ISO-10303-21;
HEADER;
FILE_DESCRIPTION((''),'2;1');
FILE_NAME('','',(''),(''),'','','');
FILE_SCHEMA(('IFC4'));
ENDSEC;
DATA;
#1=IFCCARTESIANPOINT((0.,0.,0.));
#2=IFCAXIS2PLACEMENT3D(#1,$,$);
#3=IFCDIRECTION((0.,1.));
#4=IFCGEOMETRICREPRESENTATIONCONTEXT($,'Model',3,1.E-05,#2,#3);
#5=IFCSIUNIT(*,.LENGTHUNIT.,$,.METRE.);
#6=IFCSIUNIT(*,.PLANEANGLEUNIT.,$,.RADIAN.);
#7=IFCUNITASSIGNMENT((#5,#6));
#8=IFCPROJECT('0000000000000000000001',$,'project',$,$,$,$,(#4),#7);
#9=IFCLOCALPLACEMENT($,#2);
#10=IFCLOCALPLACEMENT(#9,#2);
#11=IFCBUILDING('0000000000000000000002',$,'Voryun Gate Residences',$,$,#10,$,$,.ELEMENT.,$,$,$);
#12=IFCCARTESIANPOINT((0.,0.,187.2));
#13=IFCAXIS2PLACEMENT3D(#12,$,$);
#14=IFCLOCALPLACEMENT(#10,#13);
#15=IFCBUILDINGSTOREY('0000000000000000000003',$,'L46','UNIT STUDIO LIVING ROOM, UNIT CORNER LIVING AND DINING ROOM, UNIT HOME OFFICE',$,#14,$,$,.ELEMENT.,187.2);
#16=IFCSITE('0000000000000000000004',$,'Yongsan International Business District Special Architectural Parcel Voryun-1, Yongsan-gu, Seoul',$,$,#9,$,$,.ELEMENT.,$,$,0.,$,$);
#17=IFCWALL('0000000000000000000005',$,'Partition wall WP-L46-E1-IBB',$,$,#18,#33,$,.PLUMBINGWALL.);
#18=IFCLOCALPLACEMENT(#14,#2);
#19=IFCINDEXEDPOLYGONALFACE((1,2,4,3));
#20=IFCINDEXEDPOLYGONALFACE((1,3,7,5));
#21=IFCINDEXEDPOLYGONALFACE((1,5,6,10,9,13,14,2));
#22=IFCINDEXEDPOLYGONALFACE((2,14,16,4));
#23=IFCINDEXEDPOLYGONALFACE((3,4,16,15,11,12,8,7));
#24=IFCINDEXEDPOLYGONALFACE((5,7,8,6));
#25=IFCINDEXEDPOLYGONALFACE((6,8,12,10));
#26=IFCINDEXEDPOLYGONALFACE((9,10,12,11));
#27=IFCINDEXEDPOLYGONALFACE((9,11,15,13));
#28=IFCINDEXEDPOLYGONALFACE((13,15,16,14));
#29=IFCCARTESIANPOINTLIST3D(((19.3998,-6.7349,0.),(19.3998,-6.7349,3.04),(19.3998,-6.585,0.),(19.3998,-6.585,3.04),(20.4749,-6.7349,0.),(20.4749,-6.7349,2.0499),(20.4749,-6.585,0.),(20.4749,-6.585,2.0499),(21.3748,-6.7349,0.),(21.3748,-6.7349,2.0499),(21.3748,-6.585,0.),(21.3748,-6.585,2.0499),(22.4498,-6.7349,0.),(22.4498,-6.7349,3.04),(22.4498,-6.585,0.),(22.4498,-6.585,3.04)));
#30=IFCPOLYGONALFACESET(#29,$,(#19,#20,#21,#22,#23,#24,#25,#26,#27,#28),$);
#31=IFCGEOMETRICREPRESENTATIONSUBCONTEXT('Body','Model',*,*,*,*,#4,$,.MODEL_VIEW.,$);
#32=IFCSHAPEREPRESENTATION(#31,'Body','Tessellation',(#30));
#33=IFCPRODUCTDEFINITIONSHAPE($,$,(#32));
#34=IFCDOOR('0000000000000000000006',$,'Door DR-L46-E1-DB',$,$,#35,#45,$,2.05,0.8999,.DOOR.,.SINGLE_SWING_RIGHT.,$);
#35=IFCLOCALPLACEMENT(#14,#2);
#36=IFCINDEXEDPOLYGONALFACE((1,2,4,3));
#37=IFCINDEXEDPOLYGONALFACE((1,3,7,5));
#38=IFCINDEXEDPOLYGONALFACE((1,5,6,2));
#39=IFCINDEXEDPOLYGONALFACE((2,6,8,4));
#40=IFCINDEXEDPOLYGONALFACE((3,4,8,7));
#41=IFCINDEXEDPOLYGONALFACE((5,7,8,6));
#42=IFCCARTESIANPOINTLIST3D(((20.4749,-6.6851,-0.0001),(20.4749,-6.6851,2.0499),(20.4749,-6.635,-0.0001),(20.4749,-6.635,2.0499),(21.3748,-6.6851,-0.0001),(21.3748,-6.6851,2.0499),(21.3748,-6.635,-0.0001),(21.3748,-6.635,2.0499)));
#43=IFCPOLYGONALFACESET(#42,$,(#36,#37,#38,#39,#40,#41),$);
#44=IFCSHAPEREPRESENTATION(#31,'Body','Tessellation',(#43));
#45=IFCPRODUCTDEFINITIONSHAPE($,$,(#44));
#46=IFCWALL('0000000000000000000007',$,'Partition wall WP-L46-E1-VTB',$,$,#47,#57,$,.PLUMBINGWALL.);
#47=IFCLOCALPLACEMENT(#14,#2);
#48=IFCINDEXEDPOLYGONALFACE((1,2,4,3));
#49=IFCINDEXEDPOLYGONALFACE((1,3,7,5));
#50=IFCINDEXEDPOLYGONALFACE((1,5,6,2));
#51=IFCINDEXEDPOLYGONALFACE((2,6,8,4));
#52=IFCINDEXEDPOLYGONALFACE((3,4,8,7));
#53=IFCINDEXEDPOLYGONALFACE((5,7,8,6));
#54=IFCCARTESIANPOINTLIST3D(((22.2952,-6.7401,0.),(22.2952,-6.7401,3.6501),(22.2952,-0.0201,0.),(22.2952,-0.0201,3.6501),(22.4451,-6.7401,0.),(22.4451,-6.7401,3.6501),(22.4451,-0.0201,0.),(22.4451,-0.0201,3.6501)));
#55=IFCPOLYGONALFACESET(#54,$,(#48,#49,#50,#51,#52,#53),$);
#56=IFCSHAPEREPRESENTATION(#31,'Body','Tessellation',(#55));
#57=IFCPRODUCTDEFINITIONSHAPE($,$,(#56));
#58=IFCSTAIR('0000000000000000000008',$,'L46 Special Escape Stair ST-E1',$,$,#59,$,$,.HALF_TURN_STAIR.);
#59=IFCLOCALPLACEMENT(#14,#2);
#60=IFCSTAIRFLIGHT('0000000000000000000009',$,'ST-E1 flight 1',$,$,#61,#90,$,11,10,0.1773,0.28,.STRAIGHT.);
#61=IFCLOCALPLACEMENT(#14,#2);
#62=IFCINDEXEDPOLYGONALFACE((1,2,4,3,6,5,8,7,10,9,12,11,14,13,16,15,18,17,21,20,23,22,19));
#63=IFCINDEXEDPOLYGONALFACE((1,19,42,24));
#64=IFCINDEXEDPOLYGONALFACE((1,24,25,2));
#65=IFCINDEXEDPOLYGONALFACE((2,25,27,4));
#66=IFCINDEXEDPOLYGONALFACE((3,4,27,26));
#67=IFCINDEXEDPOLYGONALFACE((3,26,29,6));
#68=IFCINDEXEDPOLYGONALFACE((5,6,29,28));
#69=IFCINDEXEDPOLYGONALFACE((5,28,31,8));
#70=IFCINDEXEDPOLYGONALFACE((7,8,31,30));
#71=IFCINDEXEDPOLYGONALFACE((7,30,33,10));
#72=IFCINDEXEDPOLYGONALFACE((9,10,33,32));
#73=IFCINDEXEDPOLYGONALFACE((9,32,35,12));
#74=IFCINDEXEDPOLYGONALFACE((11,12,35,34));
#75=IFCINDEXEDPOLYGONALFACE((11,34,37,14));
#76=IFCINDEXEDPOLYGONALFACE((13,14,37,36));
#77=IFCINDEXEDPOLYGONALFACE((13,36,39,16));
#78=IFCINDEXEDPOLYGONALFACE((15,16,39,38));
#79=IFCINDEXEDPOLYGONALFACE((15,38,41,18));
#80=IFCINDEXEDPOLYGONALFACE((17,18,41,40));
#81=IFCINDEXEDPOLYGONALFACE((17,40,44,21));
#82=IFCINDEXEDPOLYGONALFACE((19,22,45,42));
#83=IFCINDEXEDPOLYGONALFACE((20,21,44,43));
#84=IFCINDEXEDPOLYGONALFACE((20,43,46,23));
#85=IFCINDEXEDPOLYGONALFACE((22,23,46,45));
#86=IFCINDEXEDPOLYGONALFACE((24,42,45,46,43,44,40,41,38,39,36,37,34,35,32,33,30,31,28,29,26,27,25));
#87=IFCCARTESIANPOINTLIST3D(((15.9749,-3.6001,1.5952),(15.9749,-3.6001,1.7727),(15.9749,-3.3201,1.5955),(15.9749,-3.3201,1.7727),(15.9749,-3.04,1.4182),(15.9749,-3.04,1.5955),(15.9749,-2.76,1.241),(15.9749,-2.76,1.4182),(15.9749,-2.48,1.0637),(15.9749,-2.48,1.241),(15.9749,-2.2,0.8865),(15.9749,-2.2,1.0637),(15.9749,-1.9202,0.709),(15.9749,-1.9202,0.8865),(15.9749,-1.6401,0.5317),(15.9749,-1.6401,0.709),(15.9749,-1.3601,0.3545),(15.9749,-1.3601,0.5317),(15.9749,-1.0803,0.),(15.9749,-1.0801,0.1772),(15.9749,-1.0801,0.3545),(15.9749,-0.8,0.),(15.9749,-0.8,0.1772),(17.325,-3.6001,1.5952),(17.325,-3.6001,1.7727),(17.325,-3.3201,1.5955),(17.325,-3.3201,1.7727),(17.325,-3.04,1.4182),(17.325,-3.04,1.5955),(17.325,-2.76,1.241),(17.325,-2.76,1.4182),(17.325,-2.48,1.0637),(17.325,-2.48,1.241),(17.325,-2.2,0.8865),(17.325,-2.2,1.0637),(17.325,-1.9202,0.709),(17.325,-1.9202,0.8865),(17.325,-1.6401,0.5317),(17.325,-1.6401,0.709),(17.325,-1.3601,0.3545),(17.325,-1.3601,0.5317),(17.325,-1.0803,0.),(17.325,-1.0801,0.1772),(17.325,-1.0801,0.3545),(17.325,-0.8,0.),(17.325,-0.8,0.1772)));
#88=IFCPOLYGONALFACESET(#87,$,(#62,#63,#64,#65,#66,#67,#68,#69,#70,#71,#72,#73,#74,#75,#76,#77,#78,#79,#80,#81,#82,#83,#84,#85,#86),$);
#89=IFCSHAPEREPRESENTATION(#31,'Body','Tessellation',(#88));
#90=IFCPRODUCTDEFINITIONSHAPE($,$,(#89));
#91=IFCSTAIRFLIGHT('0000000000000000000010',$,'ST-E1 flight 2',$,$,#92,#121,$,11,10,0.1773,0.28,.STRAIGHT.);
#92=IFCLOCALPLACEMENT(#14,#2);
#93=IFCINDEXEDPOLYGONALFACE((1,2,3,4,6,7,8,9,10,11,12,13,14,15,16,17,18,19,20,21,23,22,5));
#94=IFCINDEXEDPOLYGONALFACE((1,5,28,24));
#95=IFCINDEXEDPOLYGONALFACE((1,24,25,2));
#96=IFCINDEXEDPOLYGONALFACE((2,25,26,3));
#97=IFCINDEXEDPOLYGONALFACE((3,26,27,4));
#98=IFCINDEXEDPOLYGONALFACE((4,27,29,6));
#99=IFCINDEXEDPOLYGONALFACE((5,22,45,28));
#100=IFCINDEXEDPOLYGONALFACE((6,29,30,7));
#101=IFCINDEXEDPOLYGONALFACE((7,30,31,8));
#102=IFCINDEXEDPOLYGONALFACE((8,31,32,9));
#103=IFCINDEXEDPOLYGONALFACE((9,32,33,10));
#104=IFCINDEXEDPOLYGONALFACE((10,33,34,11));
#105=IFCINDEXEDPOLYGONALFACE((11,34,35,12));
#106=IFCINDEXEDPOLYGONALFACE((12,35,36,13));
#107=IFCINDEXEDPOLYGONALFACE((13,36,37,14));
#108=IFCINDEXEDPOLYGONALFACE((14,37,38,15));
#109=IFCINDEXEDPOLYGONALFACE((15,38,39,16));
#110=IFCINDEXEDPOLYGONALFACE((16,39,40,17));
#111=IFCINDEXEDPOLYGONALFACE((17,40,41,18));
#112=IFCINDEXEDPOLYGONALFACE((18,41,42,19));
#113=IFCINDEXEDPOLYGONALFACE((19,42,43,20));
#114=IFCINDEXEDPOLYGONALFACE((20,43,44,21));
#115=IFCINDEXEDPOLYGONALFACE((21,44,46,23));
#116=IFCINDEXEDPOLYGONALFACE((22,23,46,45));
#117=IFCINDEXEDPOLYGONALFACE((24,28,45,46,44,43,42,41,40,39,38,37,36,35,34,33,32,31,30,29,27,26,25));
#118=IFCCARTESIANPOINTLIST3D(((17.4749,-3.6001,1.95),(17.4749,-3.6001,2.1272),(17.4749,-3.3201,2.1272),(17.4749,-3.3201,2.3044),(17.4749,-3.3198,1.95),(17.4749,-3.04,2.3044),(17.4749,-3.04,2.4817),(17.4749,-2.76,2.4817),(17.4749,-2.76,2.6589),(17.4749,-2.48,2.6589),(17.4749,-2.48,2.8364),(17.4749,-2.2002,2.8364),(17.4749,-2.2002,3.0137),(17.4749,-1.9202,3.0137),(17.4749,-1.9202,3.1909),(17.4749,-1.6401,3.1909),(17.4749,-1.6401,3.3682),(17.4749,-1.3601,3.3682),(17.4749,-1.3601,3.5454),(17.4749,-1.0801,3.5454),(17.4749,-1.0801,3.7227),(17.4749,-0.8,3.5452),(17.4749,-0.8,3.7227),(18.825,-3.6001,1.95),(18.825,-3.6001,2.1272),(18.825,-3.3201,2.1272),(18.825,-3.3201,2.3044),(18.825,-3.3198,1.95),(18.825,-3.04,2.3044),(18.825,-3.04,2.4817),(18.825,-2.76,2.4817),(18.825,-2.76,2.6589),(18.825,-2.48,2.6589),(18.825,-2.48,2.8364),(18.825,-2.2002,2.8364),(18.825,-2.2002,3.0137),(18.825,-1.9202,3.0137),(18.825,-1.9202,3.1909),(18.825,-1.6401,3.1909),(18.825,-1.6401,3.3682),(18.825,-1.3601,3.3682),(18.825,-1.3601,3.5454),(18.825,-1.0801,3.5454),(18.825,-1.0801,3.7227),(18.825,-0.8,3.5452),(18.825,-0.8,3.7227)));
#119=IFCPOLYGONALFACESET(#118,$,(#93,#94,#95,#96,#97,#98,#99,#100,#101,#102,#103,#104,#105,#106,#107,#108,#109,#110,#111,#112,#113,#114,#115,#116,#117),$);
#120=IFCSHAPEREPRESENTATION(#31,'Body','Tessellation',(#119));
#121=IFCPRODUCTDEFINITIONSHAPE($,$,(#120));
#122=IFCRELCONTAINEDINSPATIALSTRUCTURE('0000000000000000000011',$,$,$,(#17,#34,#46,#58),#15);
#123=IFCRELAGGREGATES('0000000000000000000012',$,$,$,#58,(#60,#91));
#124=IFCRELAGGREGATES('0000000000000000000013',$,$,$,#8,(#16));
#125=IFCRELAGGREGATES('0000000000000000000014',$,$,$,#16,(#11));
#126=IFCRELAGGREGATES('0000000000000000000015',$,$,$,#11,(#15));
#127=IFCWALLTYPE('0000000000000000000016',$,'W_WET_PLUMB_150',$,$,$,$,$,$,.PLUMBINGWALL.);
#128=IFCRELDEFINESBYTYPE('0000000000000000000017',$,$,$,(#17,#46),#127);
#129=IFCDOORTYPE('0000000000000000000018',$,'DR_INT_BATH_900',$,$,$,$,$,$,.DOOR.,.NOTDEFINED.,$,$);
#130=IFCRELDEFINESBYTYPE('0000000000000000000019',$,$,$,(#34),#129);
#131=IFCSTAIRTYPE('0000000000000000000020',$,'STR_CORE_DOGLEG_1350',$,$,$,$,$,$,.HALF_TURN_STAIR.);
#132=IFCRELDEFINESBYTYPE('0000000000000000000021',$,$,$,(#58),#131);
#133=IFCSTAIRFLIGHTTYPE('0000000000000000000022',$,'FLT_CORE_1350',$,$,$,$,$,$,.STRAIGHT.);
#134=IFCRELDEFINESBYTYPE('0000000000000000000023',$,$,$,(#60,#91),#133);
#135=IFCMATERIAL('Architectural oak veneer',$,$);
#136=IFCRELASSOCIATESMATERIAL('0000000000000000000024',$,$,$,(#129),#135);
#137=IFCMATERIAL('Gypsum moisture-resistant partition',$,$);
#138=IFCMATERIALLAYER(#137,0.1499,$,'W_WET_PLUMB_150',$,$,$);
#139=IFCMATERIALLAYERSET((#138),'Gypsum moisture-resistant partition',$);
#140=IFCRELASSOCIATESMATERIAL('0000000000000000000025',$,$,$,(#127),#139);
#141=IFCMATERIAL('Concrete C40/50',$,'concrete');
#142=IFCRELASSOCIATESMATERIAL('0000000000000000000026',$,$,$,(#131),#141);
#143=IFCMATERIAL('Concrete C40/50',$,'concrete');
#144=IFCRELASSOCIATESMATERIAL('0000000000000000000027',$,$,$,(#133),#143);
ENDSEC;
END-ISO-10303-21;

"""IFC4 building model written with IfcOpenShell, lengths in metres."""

from ifc_helpers import new_model, si_unit, direction, frame, frame_2d, origin, place, context, subcontext, project, spatial, polyline, rectangle, outline, extrude, material, layer, layer_set, type_object, element, fill, aggregate, save


model = new_model("IFC4")

# Units and contexts
model_context = context("Model", 3, precision=1e-05, world=origin(), true_north=direction((0.0, 1.0)))
body_context = subcontext(model_context, "Body", "Model", "MODEL_VIEW")
ifc_project = project(units=[si_unit("LENGTHUNIT", "METRE"), si_unit("PLANEANGLEUNIT", "RADIAN")], contexts=[model_context])

# Site, building, storey
site_placement = place(None, origin())
site = spatial("IfcSite", under=ifc_project, at=site_placement, Name="Yongsan International Business District Special Architectural Parcel Voryun-1, Yongsan-gu, Seoul", CompositionType="ELEMENT", RefElevation=0.0)
building_placement = place(site_placement, origin())
building = spatial("IfcBuilding", under=site, at=building_placement, Name="Voryun Gate Residences", CompositionType="ELEMENT")
storey_placement = place(building_placement, frame((0.0, 0.0, 187.2)))
storey = spatial("IfcBuildingStorey", under=building, at=storey_placement, Name="L46", Description="UNIT STUDIO LIVING ROOM, UNIT CORNER LIVING AND DINING ROOM, UNIT HOME OFFICE", CompositionType="ELEMENT", Elevation=187.2)

# Wall, opening, door
ifc_material_1 = material(Name="Architectural oak veneer")
door_type = type_object("IfcDoorType", Name="DR_INT_BATH_900", OperationType="NOTDEFINED", PredefinedType="DOOR", material=ifc_material_1)
ifc_material_2 = material(Name="Gypsum moisture-resistant partition")
ifc_layer_1 = layer(ifc_material_2, 0.1499, Name="W_WET_PLUMB_150")
ifc_layer_set_1 = layer_set([ifc_layer_1], Name="Gypsum moisture-resistant partition")
wall_type_1 = type_object("IfcWallType", Name="W_WET_PLUMB_150", PredefinedType="PLUMBINGWALL", material=ifc_layer_set_1)
wall_1_placement = place(storey_placement, frame((19.3999, -6.6599, 0.0), z_axis=(0.0, 0.0, 1.0), x_axis=(1.0, 0.0, 0.0)))
wall_1 = element("IfcWall", 1, at=wall_1_placement, inside=storey, type_object=wall_type_1, Name="Partition wall WP-L46-E1-IBB", PredefinedType="PLUMBINGWALL", context=body_context, shape_type="SweptSolid", body=[
    extrude(rectangle(XDim=3.05, YDim=0.1499, at=frame_2d((1.5249, 0.0))), origin(), (0.0, 0.0, 1.0), 3.04),
])
opening_1_placement = place(wall_1_placement, frame((1.075, 0.0, 0.0)))
opening_1 = element("IfcOpeningElement", 2, at=opening_1_placement, cuts=wall_1, PredefinedType="OPENING", context=body_context, shape_type="SweptSolid", body=[
    extrude(rectangle(XDim=0.8999, YDim=2.05, at=frame_2d((0.45, 1.0249))), frame((0.0, 0.085, 0.0), z_axis=(0.0, -1.0, 0.0), x_axis=(1.0, 0.0, 0.0)), (0.0, 0.0, 1.0), 0.1699),
])
door_1_placement = place(opening_1_placement, origin())
door_1 = element("IfcDoor", 3, at=door_1_placement, inside=storey, type_object=door_type, Name="Door DR-L46-E1-DB", OperationType="SINGLE_SWING_RIGHT", OverallHeight=2.05, OverallWidth=0.8999, PredefinedType="DOOR", context=body_context, shape_type="SweptSolid", body=[
    extrude(rectangle(XDim=0.8999, YDim=2.05, at=frame_2d((0.45, 1.0249))), frame((0.0, 0.0249, 0.0), z_axis=(0.0, -1.0, 0.0), x_axis=(1.0, 0.0, 0.0)), (0.0, 0.0, 1.0), 0.05),
])
fill(opening_1, door_1)

# Wall
wall_2_placement = place(storey_placement, frame((22.3701, -6.74, 0.0), z_axis=(0.0, 0.0, 1.0), x_axis=(0.0, 1.0, 0.0)))
element("IfcWall", 4, at=wall_2_placement, inside=storey, type_object=wall_type_1, Name="Partition wall WP-L46-E1-VTB", PredefinedType="PLUMBINGWALL", context=body_context, shape_type="SweptSolid", body=[
    extrude(rectangle(XDim=6.72, YDim=0.1499, at=frame_2d((3.3599, 0.0))), origin(), (0.0, 0.0, 1.0), 3.6501),
])

# Stair, stair flights
ifc_material_3 = material(Name="Concrete C40/50", Category="concrete")
stair_type = type_object("IfcStairType", Name="STR_CORE_DOGLEG_1350", PredefinedType="HALF_TURN_STAIR", material=ifc_material_3)
stair_placement = place(storey_placement, origin())
stair = element("IfcStair", 5, at=stair_placement, inside=storey, type_object=stair_type, Name="L46 Special Escape Stair ST-E1", PredefinedType="HALF_TURN_STAIR")
ifc_material_4 = material(Name="Concrete C40/50", Category="concrete")
stair_flight_type = type_object("IfcStairFlightType", Name="FLT_CORE_1350", PredefinedType="STRAIGHT", material=ifc_material_4)
stair_flight_1_placement = place(storey_placement, frame((16.6499, -0.8, 0.0), z_axis=(0.0, 0.0, 1.0), x_axis=(0.0, -1.0, 0.0)))
stair_flight_1 = element("IfcStairFlight", 6, at=stair_flight_1_placement, type_object=stair_flight_type, Name="ST-E1 flight 1", NumberOfRisers=11, NumberOfTreads=10, PredefinedType="STRAIGHT", RiserHeight=0.1773, TreadLength=0.28, context=body_context, shape_type="SweptSolid", body=[
    extrude(outline(polyline([(0.0, 0.0), (0.0, 0.1772), (0.28, 0.1772), (0.28, 0.3545), (0.5601, 0.3545), (0.5601, 0.5317), (0.8401, 0.5317), (0.8401, 0.709), (1.1201, 0.709), (1.1201, 0.8865), (1.3999, 0.8865), (1.3999, 1.0637), (1.6799, 1.0637), (1.6799, 1.241), (1.96, 1.241), (1.96, 1.4182), (2.24, 1.4182), (2.24, 1.5955), (2.52, 1.5955), (2.52, 1.7727), (2.8, 1.7727), (2.8, 1.95), (2.8, 1.5952), (0.2803, 0.0), (0.0, 0.0)])), frame((0.0, 0.675, 0.0), z_axis=(0.0, -1.0, 0.0), x_axis=(1.0, 0.0, 0.0)), (0.0, 0.0, 1.0), 1.3501),
])
stair_flight_2_placement = place(storey_placement, frame((18.1499, -3.6001, 1.95), z_axis=(0.0, 0.0, 1.0), x_axis=(0.0, 1.0, 0.0)))
stair_flight_2 = element("IfcStairFlight", 7, at=stair_flight_2_placement, type_object=stair_flight_type, Name="ST-E1 flight 2", NumberOfRisers=11, NumberOfTreads=10, PredefinedType="STRAIGHT", RiserHeight=0.1773, TreadLength=0.28, context=body_context, shape_type="SweptSolid", body=[
    extrude(outline(polyline([(0.0, 0.0), (0.0, 0.1772), (0.28, 0.1772), (0.28, 0.3545), (0.5601, 0.3545), (0.5601, 0.5317), (0.8401, 0.5317), (0.8401, 0.709), (1.1201, 0.709), (1.1201, 0.8865), (1.3999, 0.8865), (1.3999, 1.0637), (1.6799, 1.0637), (1.6799, 1.241), (1.96, 1.241), (1.96, 1.4182), (2.24, 1.4182), (2.24, 1.5955), (2.52, 1.5955), (2.52, 1.7727), (2.8, 1.7727), (2.8, 1.95), (2.8, 1.5952), (0.2803, 0.0), (0.0, 0.0)])), frame((0.0, 0.675, 0.0), z_axis=(0.0, -1.0, 0.0), x_axis=(1.0, 0.0, 0.0)), (0.0, 0.0, 1.0), 1.3501),
])
aggregate(stair, [stair_flight_1, stair_flight_2])

save(model, "model.ifc")
